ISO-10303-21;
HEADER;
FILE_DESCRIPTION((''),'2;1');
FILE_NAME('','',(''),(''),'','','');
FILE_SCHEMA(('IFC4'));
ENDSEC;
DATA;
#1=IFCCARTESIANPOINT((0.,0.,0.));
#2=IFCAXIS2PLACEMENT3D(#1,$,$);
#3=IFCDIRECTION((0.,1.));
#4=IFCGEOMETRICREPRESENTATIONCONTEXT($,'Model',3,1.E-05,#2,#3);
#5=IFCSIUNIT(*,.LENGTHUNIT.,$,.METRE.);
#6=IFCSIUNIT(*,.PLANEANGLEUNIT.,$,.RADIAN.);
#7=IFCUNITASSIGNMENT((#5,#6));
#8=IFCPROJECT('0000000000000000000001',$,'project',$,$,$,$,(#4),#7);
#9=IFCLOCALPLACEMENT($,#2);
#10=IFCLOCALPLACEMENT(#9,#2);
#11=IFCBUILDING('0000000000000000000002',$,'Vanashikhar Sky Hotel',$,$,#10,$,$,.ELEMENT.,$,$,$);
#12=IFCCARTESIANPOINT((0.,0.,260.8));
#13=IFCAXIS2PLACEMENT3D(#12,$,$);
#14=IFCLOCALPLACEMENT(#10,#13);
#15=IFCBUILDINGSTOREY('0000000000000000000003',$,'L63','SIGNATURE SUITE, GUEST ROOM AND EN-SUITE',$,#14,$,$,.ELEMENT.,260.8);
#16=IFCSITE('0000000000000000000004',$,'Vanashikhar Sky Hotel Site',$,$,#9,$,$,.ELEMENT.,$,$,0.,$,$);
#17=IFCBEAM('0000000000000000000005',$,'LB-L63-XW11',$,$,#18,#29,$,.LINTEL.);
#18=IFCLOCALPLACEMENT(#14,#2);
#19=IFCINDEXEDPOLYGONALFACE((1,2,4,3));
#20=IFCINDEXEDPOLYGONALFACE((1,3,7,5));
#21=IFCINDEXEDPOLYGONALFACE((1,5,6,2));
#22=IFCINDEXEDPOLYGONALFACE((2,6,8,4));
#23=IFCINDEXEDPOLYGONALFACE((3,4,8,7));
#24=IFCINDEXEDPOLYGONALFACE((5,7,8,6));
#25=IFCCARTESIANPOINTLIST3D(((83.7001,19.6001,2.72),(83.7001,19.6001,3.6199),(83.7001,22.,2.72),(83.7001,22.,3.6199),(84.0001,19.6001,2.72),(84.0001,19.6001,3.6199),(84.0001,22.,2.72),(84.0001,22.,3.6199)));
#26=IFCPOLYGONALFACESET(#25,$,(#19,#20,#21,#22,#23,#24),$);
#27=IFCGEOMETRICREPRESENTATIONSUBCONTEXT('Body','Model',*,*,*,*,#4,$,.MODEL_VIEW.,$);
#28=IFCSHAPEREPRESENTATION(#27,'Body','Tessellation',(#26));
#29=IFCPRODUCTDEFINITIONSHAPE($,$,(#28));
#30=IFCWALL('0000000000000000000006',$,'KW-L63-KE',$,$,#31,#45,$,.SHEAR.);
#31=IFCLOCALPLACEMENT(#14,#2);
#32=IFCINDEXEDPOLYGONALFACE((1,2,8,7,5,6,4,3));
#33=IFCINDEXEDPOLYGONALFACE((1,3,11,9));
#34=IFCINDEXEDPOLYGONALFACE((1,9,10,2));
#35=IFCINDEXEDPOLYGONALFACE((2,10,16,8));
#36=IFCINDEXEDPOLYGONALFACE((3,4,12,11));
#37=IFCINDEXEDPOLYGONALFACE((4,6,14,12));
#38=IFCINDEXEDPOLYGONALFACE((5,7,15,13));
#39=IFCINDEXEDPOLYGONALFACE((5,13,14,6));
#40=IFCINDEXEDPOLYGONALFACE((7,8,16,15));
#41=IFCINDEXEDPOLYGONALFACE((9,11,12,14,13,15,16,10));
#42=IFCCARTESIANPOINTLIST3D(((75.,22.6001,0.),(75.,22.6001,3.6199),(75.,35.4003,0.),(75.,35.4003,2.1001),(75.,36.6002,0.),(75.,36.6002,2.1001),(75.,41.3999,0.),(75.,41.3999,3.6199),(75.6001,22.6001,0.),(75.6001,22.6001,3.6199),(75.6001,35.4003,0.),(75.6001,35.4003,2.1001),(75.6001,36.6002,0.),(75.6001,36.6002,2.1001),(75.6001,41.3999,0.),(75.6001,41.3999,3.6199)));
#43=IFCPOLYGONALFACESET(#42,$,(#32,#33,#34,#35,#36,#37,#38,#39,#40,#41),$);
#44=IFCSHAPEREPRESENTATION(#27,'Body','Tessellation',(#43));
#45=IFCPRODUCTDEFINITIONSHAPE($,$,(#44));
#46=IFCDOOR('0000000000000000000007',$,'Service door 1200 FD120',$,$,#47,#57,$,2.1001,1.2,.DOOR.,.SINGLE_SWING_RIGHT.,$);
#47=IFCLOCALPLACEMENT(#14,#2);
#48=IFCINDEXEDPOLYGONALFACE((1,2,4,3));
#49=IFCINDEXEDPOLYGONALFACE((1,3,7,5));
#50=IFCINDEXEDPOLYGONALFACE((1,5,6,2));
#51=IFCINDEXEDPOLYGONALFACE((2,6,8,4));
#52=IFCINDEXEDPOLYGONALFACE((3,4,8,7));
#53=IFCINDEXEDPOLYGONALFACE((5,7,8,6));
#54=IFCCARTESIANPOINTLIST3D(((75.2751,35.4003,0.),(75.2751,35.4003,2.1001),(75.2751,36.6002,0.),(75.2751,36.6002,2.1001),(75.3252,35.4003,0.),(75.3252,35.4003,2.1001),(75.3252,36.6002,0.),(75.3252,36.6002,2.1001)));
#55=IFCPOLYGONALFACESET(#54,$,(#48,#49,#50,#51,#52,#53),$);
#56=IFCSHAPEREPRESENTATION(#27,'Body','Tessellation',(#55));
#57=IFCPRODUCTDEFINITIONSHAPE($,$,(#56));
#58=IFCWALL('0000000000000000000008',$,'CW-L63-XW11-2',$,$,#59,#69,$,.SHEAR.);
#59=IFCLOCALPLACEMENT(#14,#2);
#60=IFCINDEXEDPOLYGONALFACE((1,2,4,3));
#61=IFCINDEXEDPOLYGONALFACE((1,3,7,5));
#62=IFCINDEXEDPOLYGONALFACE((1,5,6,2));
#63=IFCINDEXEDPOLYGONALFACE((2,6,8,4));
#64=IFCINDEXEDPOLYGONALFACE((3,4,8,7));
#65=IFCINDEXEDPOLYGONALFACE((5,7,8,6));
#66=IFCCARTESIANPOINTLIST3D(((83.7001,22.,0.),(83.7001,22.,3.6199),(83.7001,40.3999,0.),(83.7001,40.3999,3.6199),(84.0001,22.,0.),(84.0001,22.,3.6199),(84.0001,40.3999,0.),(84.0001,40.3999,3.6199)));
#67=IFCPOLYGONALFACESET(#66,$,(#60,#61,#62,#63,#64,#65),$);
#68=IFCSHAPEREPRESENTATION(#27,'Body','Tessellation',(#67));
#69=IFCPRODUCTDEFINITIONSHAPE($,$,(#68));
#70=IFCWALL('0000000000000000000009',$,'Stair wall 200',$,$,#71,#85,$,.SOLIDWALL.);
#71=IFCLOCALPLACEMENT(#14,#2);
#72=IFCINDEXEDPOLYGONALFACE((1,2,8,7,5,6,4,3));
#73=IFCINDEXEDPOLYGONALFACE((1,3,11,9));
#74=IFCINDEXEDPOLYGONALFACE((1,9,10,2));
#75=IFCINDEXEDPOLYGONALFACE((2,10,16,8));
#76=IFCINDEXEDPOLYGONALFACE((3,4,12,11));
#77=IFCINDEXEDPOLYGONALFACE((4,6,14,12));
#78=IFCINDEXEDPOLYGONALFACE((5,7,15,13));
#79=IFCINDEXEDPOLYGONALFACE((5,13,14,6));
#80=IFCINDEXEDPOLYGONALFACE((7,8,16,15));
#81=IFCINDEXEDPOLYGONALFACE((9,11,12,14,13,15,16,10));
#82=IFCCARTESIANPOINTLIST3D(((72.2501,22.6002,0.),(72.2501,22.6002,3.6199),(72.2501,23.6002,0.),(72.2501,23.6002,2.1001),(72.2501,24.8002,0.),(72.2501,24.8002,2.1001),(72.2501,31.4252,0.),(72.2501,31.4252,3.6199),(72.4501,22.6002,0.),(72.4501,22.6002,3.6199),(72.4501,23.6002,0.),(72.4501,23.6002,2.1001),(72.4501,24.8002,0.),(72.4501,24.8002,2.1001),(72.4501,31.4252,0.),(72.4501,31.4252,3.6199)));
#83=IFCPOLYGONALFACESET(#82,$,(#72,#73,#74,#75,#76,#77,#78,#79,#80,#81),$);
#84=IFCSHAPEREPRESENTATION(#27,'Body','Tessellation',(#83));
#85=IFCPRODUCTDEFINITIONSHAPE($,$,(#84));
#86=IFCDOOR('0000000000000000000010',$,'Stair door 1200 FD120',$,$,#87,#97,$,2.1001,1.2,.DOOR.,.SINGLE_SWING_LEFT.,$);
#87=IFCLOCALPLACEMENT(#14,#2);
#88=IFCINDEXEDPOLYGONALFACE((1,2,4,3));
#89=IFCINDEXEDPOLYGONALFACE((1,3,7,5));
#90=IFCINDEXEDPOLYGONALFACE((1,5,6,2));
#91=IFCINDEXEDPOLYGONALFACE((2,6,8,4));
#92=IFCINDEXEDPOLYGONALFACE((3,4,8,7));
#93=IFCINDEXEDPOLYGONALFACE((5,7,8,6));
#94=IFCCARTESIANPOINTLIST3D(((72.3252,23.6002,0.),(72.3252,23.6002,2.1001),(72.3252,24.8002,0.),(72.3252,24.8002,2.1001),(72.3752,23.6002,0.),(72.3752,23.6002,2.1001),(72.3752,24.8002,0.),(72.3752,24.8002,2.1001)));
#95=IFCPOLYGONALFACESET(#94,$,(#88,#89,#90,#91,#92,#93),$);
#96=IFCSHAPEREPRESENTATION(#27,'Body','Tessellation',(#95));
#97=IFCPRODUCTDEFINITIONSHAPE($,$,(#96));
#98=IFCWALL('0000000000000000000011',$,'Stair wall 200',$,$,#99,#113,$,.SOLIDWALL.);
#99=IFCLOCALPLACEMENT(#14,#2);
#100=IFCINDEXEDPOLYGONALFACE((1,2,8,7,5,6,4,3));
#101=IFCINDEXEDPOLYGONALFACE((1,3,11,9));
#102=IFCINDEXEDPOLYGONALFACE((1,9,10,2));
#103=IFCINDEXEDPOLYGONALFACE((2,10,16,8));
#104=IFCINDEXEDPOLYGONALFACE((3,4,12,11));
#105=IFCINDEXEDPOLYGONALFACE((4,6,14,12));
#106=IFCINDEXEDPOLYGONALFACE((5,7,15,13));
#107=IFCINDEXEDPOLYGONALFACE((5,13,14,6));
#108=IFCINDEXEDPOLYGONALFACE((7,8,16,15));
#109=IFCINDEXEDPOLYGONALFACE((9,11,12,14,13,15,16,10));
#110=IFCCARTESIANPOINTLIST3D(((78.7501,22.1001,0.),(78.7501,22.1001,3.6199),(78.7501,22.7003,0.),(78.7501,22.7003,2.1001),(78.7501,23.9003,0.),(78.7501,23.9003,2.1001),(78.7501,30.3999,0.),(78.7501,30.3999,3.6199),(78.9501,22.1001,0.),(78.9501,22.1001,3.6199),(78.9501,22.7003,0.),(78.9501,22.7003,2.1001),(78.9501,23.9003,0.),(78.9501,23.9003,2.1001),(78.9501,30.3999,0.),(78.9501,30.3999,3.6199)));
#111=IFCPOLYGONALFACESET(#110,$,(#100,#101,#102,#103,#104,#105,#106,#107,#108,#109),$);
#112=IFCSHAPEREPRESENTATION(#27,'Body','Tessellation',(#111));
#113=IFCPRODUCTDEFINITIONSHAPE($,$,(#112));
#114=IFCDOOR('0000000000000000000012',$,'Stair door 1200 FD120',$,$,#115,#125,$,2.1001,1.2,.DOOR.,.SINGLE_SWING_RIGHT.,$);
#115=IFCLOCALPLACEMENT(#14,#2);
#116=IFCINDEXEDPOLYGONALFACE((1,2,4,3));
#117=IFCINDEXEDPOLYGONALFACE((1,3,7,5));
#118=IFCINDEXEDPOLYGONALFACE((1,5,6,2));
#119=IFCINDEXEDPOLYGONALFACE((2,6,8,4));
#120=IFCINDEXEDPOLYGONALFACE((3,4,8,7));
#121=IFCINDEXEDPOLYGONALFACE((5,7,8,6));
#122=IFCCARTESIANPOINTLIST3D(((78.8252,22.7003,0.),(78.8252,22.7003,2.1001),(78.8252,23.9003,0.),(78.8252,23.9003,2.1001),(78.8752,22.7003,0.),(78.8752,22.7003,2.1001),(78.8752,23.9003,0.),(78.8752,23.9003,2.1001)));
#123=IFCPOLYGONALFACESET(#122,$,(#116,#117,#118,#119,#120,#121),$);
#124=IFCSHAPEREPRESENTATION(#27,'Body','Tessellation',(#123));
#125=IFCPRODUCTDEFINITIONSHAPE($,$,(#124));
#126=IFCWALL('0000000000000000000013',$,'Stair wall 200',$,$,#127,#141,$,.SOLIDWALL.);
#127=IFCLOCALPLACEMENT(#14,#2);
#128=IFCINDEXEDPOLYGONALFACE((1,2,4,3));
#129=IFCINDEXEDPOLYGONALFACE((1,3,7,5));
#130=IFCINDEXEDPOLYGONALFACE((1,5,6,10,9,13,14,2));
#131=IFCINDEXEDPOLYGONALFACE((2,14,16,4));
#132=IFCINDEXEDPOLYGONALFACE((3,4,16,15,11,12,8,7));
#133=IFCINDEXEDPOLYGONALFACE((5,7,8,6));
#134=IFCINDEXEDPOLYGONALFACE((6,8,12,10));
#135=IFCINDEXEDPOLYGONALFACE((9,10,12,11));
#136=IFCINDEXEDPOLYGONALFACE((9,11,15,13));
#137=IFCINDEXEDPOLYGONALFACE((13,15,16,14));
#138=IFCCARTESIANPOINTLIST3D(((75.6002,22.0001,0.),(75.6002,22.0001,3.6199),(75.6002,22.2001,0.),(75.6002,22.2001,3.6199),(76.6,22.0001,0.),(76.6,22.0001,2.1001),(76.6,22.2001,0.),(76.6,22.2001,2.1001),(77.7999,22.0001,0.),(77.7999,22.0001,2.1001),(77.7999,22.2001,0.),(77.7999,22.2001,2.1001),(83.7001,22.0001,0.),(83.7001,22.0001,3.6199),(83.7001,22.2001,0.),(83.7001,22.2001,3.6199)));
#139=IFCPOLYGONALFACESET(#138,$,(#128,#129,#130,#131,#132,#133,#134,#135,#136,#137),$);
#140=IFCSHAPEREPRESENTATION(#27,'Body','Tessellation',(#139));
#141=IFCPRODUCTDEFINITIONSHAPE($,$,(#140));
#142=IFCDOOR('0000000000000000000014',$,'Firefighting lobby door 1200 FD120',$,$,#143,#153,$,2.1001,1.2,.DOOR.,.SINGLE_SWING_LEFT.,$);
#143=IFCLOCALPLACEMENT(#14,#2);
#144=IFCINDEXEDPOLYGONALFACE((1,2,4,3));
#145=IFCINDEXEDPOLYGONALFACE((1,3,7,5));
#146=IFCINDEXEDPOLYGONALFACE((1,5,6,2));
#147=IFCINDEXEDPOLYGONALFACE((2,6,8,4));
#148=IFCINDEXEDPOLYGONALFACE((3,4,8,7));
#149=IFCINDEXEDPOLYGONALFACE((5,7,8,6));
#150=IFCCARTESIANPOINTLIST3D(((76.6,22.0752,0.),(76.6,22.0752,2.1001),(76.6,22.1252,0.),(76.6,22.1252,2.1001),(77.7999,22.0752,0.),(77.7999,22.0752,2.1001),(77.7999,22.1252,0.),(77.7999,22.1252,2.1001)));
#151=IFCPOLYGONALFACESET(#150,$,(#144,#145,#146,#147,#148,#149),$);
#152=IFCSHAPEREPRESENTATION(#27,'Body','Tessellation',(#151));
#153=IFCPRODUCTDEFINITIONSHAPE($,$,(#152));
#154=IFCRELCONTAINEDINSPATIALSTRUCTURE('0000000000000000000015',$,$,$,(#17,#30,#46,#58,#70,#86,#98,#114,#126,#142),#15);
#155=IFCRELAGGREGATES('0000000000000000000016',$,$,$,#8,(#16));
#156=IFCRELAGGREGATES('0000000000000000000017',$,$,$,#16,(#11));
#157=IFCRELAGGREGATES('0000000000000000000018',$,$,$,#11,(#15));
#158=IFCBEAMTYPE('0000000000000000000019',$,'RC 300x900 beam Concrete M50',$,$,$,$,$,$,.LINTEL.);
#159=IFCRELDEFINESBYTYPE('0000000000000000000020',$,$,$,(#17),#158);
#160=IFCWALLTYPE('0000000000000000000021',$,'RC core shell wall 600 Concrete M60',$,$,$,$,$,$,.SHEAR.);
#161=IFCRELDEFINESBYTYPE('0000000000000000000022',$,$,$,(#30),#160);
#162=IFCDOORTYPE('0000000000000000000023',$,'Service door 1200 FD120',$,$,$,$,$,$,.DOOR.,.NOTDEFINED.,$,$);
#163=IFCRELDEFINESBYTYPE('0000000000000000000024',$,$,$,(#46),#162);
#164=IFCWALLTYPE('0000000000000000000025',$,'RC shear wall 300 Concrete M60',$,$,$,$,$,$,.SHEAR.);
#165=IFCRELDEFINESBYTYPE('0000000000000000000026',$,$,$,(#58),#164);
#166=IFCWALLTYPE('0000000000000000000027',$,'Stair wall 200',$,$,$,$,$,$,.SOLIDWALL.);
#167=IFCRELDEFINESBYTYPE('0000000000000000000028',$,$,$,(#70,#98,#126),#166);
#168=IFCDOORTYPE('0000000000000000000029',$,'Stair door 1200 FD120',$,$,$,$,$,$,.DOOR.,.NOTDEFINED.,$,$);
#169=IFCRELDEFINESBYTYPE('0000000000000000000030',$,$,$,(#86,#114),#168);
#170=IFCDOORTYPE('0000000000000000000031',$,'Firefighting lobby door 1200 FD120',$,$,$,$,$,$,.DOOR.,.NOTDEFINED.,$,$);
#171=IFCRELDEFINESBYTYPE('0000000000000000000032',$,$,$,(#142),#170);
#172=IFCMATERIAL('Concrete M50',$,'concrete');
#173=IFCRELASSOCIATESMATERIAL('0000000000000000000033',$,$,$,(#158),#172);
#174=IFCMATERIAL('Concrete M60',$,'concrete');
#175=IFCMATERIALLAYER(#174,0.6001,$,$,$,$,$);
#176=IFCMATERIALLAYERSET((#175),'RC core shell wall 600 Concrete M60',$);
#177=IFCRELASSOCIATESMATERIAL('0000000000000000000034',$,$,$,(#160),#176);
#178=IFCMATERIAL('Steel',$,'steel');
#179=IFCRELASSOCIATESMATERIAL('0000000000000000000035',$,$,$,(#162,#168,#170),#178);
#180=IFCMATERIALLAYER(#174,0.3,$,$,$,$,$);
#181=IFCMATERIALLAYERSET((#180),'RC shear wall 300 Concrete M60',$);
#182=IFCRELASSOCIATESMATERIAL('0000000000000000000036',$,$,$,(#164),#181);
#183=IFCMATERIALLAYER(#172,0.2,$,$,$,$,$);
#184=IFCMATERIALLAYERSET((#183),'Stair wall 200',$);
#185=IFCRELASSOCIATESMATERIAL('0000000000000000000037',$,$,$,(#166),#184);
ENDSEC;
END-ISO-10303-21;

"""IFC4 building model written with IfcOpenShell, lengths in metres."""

from ifc_helpers import new_model, si_unit, direction, frame, frame_2d, origin, origin_2d, place, context, subcontext, project, spatial, rectangle, extrude, source, transform, mapped, material, layer, layer_set, material_profile, profile_set, type_object, element, fill, save


model = new_model("IFC4")

# Units and contexts
model_context = context("Model", 3, precision=1e-05, world=origin(), true_north=direction((0.0, 1.0)))
body_context = subcontext(model_context, "Body", "Model", "MODEL_VIEW")
ifc_project = project(units=[si_unit("LENGTHUNIT", "METRE"), si_unit("PLANEANGLEUNIT", "RADIAN")], contexts=[model_context])

# Site, building, storey
site_placement = place(None, origin())
site = spatial("IfcSite", under=ifc_project, at=site_placement, Name="Vanashikhar Sky Hotel Site", CompositionType="ELEMENT", RefElevation=0.0)
building_placement = place(site_placement, origin())
building = spatial("IfcBuilding", under=site, at=building_placement, Name="Vanashikhar Sky Hotel", CompositionType="ELEMENT")
storey_placement = place(building_placement, frame((0.0, 0.0, 260.8)))
storey = spatial("IfcBuildingStorey", under=building, at=storey_placement, Name="L63", Description="SIGNATURE SUITE, GUEST ROOM AND EN-SUITE", CompositionType="ELEMENT", Elevation=260.8)

# Beam
ifc_material_1 = material(Name="Concrete M50", Category="concrete")
ifc_material_profile = material_profile(ifc_material_1, rectangle(XDim=0.3, YDim=0.8999, at=origin_2d()))
ifc_profile_set = profile_set([ifc_material_profile], Name="RC 300x900 beam Concrete M50")
beam_type = type_object("IfcBeamType", Name="RC 300x900 beam Concrete M50", PredefinedType="LINTEL", material=ifc_profile_set)
shared_shape_1 = source(origin(), body_context, "Body", "SweptSolid", [
    extrude(rectangle(XDim=0.3, YDim=0.8999, at=origin_2d()), origin(), (0.0, 0.0, 1.0), 2.3999),
])
beam_placement = place(storey_placement, frame((83.8501, 19.6001, 3.1699), z_axis=(0.0, 1.0, 0.0), x_axis=(-1.0, 0.0, 0.0)))
element("IfcBeam", 1, at=beam_placement, inside=storey, type_object=beam_type, Name="LB-L63-XW11", PredefinedType="LINTEL", context=body_context, shape_type="MappedRepresentation", body=[
    mapped(shared_shape_1, transform((0.0, 0.0, 0.0), scale=1.0)),
])

# Wall, opening, door
ifc_material_2 = material(Name="Concrete M60", Category="concrete")
ifc_layer_1 = layer(ifc_material_2, 0.6001)
ifc_layer_set_1 = layer_set([ifc_layer_1], Name="RC core shell wall 600 Concrete M60")
wall_type_1 = type_object("IfcWallType", Name="RC core shell wall 600 Concrete M60", PredefinedType="SHEAR", material=ifc_layer_set_1)
shared_shape_2 = source(origin(), body_context, "Body", "SweptSolid", [
    extrude(rectangle(XDim=18.7998, YDim=0.6001, at=frame_2d((9.3999, 0.0))), origin(), (0.0, 0.0, 1.0), 3.6199),
])
wall_1_placement = place(storey_placement, frame((75.3, 22.6001, 0.0), z_axis=(0.0, 0.0, 1.0), x_axis=(0.0, 1.0, 0.0)))
wall_1 = element("IfcWall", 2, at=wall_1_placement, inside=storey, type_object=wall_type_1, Name="KW-L63-KE", PredefinedType="SHEAR", context=body_context, shape_type="MappedRepresentation", body=[
    mapped(shared_shape_2, transform((0.0, 0.0, 0.0), scale=1.0)),
])
shared_shape_3 = source(origin(), body_context, "Body", "SweptSolid", [
    extrude(rectangle(XDim=1.2, YDim=2.1001, at=frame_2d((0.6001, 1.05))), frame((0.0, 0.3101, 0.0), z_axis=(0.0, -1.0, 0.0), x_axis=(1.0, 0.0, 0.0)), (0.0, 0.0, 1.0), 0.6201),
])
opening_1_placement = place(wall_1_placement, frame((12.8, 0.0, 0.0)))
opening_1 = element("IfcOpeningElement", 3, at=opening_1_placement, cuts=wall_1, PredefinedType="OPENING", context=body_context, shape_type="MappedRepresentation", body=[
    mapped(shared_shape_3, transform((0.0, 0.0, 0.0), scale=1.0)),
])
ifc_material_3 = material(Name="Steel", Category="steel")
door_type_1 = type_object("IfcDoorType", Name="Service door 1200 FD120", OperationType="NOTDEFINED", PredefinedType="DOOR", material=ifc_material_3)
shared_shape_4 = source(origin(), body_context, "Body", "SweptSolid", [
    extrude(rectangle(XDim=1.2, YDim=2.1001, at=frame_2d((0.6001, 1.05))), frame((0.0, 0.0249, 0.0), z_axis=(0.0, -1.0, 0.0), x_axis=(1.0, 0.0, 0.0)), (0.0, 0.0, 1.0), 0.05),
])
door_1_placement = place(opening_1_placement, origin())
door_1 = element("IfcDoor", 4, at=door_1_placement, inside=storey, type_object=door_type_1, Name="Service door 1200 FD120", OperationType="SINGLE_SWING_RIGHT", OverallHeight=2.1001, OverallWidth=1.2, PredefinedType="DOOR", context=body_context, shape_type="MappedRepresentation", body=[
    mapped(shared_shape_4, transform((0.0, 0.0, 0.0), scale=1.0)),
])
fill(opening_1, door_1)

# Wall
ifc_layer_2 = layer(ifc_material_2, 0.3)
ifc_layer_set_2 = layer_set([ifc_layer_2], Name="RC shear wall 300 Concrete M60")
wall_type_2 = type_object("IfcWallType", Name="RC shear wall 300 Concrete M60", PredefinedType="SHEAR", material=ifc_layer_set_2)
shared_shape_5 = source(origin(), body_context, "Body", "SweptSolid", [
    extrude(rectangle(XDim=18.3999, YDim=0.3, at=frame_2d((9.2, 0.0))), origin(), (0.0, 0.0, 1.0), 3.6199),
])
wall_2_placement = place(storey_placement, frame((83.8501, 22.0, 0.0), z_axis=(0.0, 0.0, 1.0), x_axis=(0.0, 1.0, 0.0)))
element("IfcWall", 5, at=wall_2_placement, inside=storey, type_object=wall_type_2, Name="CW-L63-XW11-2", PredefinedType="SHEAR", context=body_context, shape_type="MappedRepresentation", body=[
    mapped(shared_shape_5, transform((0.0, 0.0, 0.0), scale=1.0)),
])

# Walls, openings, doors
ifc_layer_3 = layer(ifc_material_1, 0.2)
ifc_layer_set_3 = layer_set([ifc_layer_3], Name="Stair wall 200")
wall_type_3 = type_object("IfcWallType", Name="Stair wall 200", PredefinedType="SOLIDWALL", material=ifc_layer_set_3)
shared_shape_6 = source(origin(), body_context, "Body", "SweptSolid", [
    extrude(rectangle(XDim=8.825, YDim=0.2, at=frame_2d((4.4126, 0.0))), origin(), (0.0, 0.0, 1.0), 3.6199),
])
wall_3_placement = place(storey_placement, frame((72.3501, 22.6001, 0.0), z_axis=(0.0, 0.0, 1.0), x_axis=(0.0, 1.0, 0.0)))
wall_3 = element("IfcWall", 6, at=wall_3_placement, inside=storey, type_object=wall_type_3, Name="Stair wall 200", PredefinedType="SOLIDWALL", context=body_context, shape_type="MappedRepresentation", body=[
    mapped(shared_shape_6, transform((0.0, 0.0, 0.0), scale=1.0)),
])
shared_shape_7 = source(origin(), body_context, "Body", "SweptSolid", [
    extrude(rectangle(XDim=1.2, YDim=2.1001, at=frame_2d((0.6001, 1.05))), frame((0.0, 0.1099, 0.0), z_axis=(0.0, -1.0, 0.0), x_axis=(1.0, 0.0, 0.0)), (0.0, 0.0, 1.0), 0.22),
])
opening_2_placement = place(wall_3_placement, frame((1.0, 0.0, 0.0)))
opening_2 = element("IfcOpeningElement", 7, at=opening_2_placement, cuts=wall_3, PredefinedType="OPENING", context=body_context, shape_type="MappedRepresentation", body=[
    mapped(shared_shape_7, transform((0.0, 0.0, 0.0), scale=1.0)),
])
door_type_2 = type_object("IfcDoorType", Name="Stair door 1200 FD120", OperationType="NOTDEFINED", PredefinedType="DOOR", material=ifc_material_3)
door_2_placement = place(opening_2_placement, origin())
door_2 = element("IfcDoor", 8, at=door_2_placement, inside=storey, type_object=door_type_2, Name="Stair door 1200 FD120", OperationType="SINGLE_SWING_LEFT", OverallHeight=2.1001, OverallWidth=1.2, PredefinedType="DOOR", context=body_context, shape_type="MappedRepresentation", body=[
    mapped(shared_shape_4, transform((0.0, 0.0, 0.0), scale=1.0)),
])
fill(opening_2, door_2)
shared_shape_8 = source(origin(), body_context, "Body", "SweptSolid", [
    extrude(rectangle(XDim=8.2998, YDim=0.2, at=frame_2d((4.1499, 0.0))), origin(), (0.0, 0.0, 1.0), 3.6199),
])
wall_4_placement = place(storey_placement, frame((78.8501, 22.1001, 0.0), z_axis=(0.0, 0.0, 1.0), x_axis=(0.0, 1.0, 0.0)))
wall_4 = element("IfcWall", 9, at=wall_4_placement, inside=storey, type_object=wall_type_3, Name="Stair wall 200", PredefinedType="SOLIDWALL", context=body_context, shape_type="MappedRepresentation", body=[
    mapped(shared_shape_8, transform((0.0, 0.0, 0.0), scale=1.0)),
])
opening_3_placement = place(wall_4_placement, frame((0.6001, 0.0, 0.0)))
opening_3 = element("IfcOpeningElement", 10, at=opening_3_placement, cuts=wall_4, PredefinedType="OPENING", context=body_context, shape_type="MappedRepresentation", body=[
    mapped(shared_shape_7, transform((0.0, 0.0, 0.0), scale=1.0)),
])
door_3_placement = place(opening_3_placement, origin())
door_3 = element("IfcDoor", 11, at=door_3_placement, inside=storey, type_object=door_type_2, Name="Stair door 1200 FD120", OperationType="SINGLE_SWING_RIGHT", OverallHeight=2.1001, OverallWidth=1.2, PredefinedType="DOOR", context=body_context, shape_type="MappedRepresentation", body=[
    mapped(shared_shape_4, transform((0.0, 0.0, 0.0), scale=1.0)),
])
fill(opening_3, door_3)
shared_shape_9 = source(origin(), body_context, "Body", "SweptSolid", [
    extrude(rectangle(XDim=8.0999, YDim=0.2, at=frame_2d((4.0498, 0.0))), origin(), (0.0, 0.0, 1.0), 3.6199),
])
wall_5_placement = place(storey_placement, frame((83.7, 22.1001, 0.0), z_axis=(0.0, 0.0, 1.0), x_axis=(-1.0, 0.0, 0.0)))
wall_5 = element("IfcWall", 12, at=wall_5_placement, inside=storey, type_object=wall_type_3, Name="Stair wall 200", PredefinedType="SOLIDWALL", context=body_context, shape_type="MappedRepresentation", body=[
    mapped(shared_shape_9, transform((0.0, 0.0, 0.0), scale=1.0)),
])
opening_4_placement = place(wall_5_placement, frame((5.8999, 0.0, 0.0)))
opening_4 = element("IfcOpeningElement", 13, at=opening_4_placement, cuts=wall_5, PredefinedType="OPENING", context=body_context, shape_type="MappedRepresentation", body=[
    mapped(shared_shape_7, transform((0.0, 0.0, 0.0), scale=1.0)),
])
door_type_3 = type_object("IfcDoorType", Name="Firefighting lobby door 1200 FD120", OperationType="NOTDEFINED", PredefinedType="DOOR", material=ifc_material_3)
door_4_placement = place(opening_4_placement, origin())
door_4 = element("IfcDoor", 14, at=door_4_placement, inside=storey, type_object=door_type_3, Name="Firefighting lobby door 1200 FD120", OperationType="SINGLE_SWING_LEFT", OverallHeight=2.1001, OverallWidth=1.2, PredefinedType="DOOR", context=body_context, shape_type="MappedRepresentation", body=[
    mapped(shared_shape_4, transform((0.0, 0.0, 0.0), scale=1.0)),
])
fill(opening_4, door_4)

save(model, "model.ifc")
